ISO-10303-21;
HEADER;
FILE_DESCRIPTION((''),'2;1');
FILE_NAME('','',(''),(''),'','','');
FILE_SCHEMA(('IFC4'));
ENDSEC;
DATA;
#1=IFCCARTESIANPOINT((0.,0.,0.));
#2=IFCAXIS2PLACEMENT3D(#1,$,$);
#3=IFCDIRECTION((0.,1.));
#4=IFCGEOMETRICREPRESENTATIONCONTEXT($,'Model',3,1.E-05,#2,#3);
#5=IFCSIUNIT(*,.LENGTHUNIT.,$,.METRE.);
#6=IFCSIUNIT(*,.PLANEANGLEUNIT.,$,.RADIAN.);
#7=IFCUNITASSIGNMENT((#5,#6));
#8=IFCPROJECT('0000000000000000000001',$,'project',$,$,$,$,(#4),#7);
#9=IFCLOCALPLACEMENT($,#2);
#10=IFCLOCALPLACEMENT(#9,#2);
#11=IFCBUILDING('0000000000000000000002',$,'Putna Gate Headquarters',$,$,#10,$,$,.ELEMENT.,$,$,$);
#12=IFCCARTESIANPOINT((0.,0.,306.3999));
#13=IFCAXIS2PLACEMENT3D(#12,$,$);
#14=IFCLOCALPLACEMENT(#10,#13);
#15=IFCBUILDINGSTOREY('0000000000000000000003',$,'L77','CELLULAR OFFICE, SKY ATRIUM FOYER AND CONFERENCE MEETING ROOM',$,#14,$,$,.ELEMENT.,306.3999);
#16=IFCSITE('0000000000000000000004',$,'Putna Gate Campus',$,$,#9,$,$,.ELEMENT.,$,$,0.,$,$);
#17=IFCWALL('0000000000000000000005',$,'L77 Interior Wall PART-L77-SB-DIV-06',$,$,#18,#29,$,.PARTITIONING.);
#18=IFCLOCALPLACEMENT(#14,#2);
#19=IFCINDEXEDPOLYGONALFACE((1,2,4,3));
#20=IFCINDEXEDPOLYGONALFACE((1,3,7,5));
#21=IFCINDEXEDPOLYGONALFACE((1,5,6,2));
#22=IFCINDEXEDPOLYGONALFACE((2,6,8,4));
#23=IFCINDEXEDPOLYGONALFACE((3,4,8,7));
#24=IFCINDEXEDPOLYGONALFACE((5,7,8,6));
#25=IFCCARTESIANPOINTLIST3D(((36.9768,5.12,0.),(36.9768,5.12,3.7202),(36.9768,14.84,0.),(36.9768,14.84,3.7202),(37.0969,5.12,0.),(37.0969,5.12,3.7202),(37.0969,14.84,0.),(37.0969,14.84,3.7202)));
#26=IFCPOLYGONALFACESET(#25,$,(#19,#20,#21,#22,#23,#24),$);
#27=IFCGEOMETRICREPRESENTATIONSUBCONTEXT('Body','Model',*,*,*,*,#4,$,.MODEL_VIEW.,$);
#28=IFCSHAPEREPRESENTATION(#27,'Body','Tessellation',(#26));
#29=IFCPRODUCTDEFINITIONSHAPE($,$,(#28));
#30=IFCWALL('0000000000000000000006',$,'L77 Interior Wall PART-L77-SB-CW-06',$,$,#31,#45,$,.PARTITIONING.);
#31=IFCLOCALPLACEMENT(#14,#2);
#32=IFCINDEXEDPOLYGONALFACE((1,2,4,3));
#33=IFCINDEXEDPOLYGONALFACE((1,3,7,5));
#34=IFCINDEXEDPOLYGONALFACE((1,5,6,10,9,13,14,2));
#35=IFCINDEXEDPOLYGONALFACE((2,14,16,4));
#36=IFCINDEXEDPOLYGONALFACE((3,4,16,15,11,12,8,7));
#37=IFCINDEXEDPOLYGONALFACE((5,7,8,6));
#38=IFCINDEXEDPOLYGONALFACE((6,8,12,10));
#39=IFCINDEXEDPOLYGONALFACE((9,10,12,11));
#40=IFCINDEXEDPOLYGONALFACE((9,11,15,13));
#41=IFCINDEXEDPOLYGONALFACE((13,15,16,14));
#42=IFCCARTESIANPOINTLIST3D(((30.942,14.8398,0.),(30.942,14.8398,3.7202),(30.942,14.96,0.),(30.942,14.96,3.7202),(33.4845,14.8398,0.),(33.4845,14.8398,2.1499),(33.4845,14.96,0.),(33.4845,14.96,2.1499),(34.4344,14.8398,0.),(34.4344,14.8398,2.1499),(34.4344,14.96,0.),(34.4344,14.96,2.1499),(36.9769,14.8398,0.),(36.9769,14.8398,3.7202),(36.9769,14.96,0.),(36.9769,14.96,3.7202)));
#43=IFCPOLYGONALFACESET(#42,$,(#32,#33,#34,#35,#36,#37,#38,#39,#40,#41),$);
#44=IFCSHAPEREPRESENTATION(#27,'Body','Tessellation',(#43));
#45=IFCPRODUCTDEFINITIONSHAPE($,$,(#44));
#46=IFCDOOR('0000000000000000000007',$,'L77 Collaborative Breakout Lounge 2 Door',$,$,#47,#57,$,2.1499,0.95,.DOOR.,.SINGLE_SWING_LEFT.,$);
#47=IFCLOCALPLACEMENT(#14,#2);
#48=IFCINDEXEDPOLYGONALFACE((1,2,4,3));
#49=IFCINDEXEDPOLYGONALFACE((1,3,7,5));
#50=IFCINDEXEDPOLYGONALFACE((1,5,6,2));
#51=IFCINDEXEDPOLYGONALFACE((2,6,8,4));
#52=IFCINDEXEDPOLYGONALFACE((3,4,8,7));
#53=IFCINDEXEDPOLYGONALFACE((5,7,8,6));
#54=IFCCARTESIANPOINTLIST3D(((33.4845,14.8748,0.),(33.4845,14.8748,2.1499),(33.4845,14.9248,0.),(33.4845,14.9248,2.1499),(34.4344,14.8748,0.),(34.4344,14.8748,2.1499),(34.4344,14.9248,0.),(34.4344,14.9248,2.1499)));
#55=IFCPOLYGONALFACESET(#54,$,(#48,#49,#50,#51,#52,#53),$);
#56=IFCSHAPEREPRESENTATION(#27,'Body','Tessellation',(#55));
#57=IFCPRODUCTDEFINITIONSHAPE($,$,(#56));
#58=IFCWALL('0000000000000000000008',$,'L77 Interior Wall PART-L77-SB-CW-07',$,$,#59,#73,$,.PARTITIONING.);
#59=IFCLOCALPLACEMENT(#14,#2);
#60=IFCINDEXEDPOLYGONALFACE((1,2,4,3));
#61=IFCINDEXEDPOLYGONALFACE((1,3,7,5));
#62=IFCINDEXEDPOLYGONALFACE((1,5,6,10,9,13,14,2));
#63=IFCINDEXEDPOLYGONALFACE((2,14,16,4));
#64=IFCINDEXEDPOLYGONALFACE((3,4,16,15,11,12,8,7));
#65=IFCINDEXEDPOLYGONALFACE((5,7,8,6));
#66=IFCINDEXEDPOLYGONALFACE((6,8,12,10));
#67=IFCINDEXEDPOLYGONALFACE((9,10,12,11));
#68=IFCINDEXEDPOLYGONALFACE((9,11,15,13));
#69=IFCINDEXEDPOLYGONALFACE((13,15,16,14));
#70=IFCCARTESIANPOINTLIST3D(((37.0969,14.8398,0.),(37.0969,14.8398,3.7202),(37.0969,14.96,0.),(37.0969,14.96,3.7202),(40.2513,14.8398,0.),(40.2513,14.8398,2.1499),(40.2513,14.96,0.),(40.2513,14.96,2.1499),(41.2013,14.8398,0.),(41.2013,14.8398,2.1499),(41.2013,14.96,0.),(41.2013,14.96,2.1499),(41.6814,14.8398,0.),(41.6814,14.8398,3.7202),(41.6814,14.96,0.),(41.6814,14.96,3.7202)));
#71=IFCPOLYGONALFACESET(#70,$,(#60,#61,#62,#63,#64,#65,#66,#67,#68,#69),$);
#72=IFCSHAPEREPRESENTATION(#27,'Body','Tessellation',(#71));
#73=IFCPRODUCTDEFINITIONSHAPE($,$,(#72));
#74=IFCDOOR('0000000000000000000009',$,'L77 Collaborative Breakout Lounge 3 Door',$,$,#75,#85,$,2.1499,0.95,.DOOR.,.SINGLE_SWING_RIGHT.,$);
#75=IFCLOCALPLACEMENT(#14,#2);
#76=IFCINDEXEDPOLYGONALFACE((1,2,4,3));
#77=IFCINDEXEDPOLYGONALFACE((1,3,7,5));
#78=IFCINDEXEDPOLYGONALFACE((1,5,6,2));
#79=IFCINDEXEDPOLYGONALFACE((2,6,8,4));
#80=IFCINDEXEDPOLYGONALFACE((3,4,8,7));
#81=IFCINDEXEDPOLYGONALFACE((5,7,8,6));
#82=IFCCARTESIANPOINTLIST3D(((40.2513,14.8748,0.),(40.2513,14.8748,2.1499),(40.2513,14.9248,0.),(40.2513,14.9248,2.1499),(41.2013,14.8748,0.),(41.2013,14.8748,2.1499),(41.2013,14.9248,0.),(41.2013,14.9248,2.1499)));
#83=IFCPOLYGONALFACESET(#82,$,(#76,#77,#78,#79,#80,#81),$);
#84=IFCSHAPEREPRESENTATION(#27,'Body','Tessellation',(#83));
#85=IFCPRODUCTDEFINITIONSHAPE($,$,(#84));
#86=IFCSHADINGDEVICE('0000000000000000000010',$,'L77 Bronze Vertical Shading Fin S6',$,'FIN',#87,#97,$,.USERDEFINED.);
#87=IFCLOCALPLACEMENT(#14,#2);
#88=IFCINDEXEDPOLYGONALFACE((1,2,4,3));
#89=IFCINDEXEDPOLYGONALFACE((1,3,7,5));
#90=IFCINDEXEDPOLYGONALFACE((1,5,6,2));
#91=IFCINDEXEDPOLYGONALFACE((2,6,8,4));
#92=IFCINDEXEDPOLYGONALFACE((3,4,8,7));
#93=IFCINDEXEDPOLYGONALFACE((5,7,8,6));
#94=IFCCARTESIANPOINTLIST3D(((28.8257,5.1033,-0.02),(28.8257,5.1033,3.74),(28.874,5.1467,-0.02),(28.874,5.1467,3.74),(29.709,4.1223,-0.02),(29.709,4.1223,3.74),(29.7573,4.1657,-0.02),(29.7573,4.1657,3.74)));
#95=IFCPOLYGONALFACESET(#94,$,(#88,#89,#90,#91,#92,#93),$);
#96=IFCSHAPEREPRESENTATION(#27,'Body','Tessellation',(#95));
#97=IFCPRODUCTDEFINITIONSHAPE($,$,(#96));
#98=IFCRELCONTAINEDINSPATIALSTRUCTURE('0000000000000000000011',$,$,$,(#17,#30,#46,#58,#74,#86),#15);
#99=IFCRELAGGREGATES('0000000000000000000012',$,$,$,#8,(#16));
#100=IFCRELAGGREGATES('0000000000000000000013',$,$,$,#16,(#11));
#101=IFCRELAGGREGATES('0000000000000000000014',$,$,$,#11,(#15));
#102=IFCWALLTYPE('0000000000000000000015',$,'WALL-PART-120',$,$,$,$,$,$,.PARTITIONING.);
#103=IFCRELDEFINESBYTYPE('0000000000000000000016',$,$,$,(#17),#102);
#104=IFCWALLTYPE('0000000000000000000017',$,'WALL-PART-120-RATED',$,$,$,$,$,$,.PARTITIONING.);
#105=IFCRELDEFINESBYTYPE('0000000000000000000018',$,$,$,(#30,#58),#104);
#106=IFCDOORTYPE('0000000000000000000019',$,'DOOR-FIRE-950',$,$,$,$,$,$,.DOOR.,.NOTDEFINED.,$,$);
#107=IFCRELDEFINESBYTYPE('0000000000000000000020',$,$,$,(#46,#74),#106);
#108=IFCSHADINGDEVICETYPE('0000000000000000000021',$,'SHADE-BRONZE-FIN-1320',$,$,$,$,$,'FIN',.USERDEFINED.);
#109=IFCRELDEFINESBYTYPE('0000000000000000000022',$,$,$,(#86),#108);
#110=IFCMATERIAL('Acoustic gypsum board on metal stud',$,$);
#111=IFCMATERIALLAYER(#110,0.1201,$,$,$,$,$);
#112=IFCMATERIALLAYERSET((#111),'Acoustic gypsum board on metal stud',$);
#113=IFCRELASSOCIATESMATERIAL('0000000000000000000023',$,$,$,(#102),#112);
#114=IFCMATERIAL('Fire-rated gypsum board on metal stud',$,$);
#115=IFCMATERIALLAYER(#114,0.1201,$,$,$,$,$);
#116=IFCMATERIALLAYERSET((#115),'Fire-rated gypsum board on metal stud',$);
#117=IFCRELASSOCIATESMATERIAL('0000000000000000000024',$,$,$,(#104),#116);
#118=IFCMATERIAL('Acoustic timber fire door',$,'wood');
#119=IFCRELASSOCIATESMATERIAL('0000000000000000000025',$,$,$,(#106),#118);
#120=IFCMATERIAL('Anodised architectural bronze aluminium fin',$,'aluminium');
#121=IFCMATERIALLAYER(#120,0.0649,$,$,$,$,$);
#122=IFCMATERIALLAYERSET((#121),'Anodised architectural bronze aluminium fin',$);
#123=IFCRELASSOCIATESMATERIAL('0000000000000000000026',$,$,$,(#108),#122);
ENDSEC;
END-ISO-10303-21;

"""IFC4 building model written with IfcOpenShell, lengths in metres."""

from ifc_helpers import new_model, si_unit, direction, frame, frame_2d, origin, origin_2d, place, context, subcontext, project, spatial, rectangle, extrude, material, layer, layer_set, type_object, element, fill, save


model = new_model("IFC4")

# Units and contexts
model_context = context("Model", 3, precision=1e-05, world=origin(), true_north=direction((0.0, 1.0)))
body_context = subcontext(model_context, "Body", "Model", "MODEL_VIEW")
ifc_project = project(units=[si_unit("LENGTHUNIT", "METRE"), si_unit("PLANEANGLEUNIT", "RADIAN")], contexts=[model_context])

# Site, building, storey
site_placement = place(None, origin())
site = spatial("IfcSite", under=ifc_project, at=site_placement, Name="Putna Gate Campus", CompositionType="ELEMENT", RefElevation=0.0)
building_placement = place(site_placement, origin())
building = spatial("IfcBuilding", under=site, at=building_placement, Name="Putna Gate Headquarters", CompositionType="ELEMENT")
storey_placement = place(building_placement, frame((0.0, 0.0, 306.3999)))
storey = spatial("IfcBuildingStorey", under=building, at=storey_placement, Name="L77", Description="CELLULAR OFFICE, SKY ATRIUM FOYER AND CONFERENCE MEETING ROOM", CompositionType="ELEMENT", Elevation=306.3999)

# Wall
ifc_material_1 = material(Name="Acoustic gypsum board on metal stud")
ifc_layer_1 = layer(ifc_material_1, 0.1201)
ifc_layer_set_1 = layer_set([ifc_layer_1], Name="Acoustic gypsum board on metal stud")
wall_type_1 = type_object("IfcWallType", Name="WALL-PART-120", PredefinedType="PARTITIONING", material=ifc_layer_set_1)
for number, where, z_axis, x_axis, name in (
    (1, (37.0369, 5.1201, 0.0), (0.0, 0.0, 1.0), (0.0, 1.0, 0.0), "L77 Interior Wall PART-L77-SB-DIV-06"),
):
    element("IfcWall", number, at=place(storey_placement, frame(where, z_axis=z_axis, x_axis=x_axis)), inside=storey, type_object=wall_type_1, Name=name, PredefinedType="PARTITIONING", context=body_context, shape_type="SweptSolid", body=[
        extrude(rectangle(XDim=9.72, YDim=0.1201, at=frame_2d((4.8599, 0.0))), origin(), (0.0, 0.0, 1.0), 3.7202),
    ])

# Walls, openings, doors
ifc_material_2 = material(Name="Fire-rated gypsum board on metal stud")
ifc_layer_2 = layer(ifc_material_2, 0.1201)
ifc_layer_set_2 = layer_set([ifc_layer_2], Name="Fire-rated gypsum board on metal stud")
wall_type_2 = type_object("IfcWallType", Name="WALL-PART-120-RATED", PredefinedType="PARTITIONING", material=ifc_layer_set_2)
wall_1_placement = place(storey_placement, frame((30.9419, 14.8999, 0.0), z_axis=(0.0, 0.0, 1.0), x_axis=(1.0, 0.0, 0.0)))
wall_1 = element("IfcWall", 2, at=wall_1_placement, inside=storey, type_object=wall_type_2, Name="L77 Interior Wall PART-L77-SB-CW-06", PredefinedType="PARTITIONING", context=body_context, shape_type="SweptSolid", body=[
    extrude(rectangle(XDim=6.0349, YDim=0.1201, at=frame_2d((3.0176, 0.0))), origin(), (0.0, 0.0, 1.0), 3.7202),
])
opening_1_placement = place(wall_1_placement, frame((2.5425, 0.0, 0.0)))
opening_1 = element("IfcOpeningElement", 3, at=opening_1_placement, cuts=wall_1, PredefinedType="OPENING", context=body_context, shape_type="SweptSolid", body=[
    extrude(rectangle(XDim=0.95, YDim=2.1499, at=frame_2d((0.4751, 1.075))), frame((0.0, 0.0701, 0.0), z_axis=(0.0, -1.0, 0.0), x_axis=(1.0, 0.0, 0.0)), (0.0, 0.0, 1.0), 0.1401),
])
ifc_material_3 = material(Name="Acoustic timber fire door", Category="wood")
door_type = type_object("IfcDoorType", Name="DOOR-FIRE-950", OperationType="NOTDEFINED", PredefinedType="DOOR", material=ifc_material_3)
door_1_placement = place(opening_1_placement, origin())
door_1 = element("IfcDoor", 4, at=door_1_placement, inside=storey, type_object=door_type, Name="L77 Collaborative Breakout Lounge 2 Door", OperationType="SINGLE_SWING_LEFT", OverallHeight=2.1499, OverallWidth=0.95, PredefinedType="DOOR", context=body_context, shape_type="SweptSolid", body=[
    extrude(rectangle(XDim=0.95, YDim=2.1499, at=frame_2d((0.4751, 1.075))), frame((0.0, 0.0249, 0.0), z_axis=(0.0, -1.0, 0.0), x_axis=(1.0, 0.0, 0.0)), (0.0, 0.0, 1.0), 0.05),
])
fill(opening_1, door_1)
wall_2_placement = place(storey_placement, frame((37.0969, 14.8999, 0.0), z_axis=(0.0, 0.0, 1.0), x_axis=(1.0, 0.0, 0.0)))
wall_2 = element("IfcWall", 5, at=wall_2_placement, inside=storey, type_object=wall_type_2, Name="L77 Interior Wall PART-L77-SB-CW-07", PredefinedType="PARTITIONING", context=body_context, shape_type="SweptSolid", body=[
    extrude(rectangle(XDim=4.5845, YDim=0.1201, at=frame_2d((2.2922, 0.0))), origin(), (0.0, 0.0, 1.0), 3.7202),
])
opening_2_placement = place(wall_2_placement, frame((3.1543, 0.0, 0.0)))
opening_2 = element("IfcOpeningElement", 6, at=opening_2_placement, cuts=wall_2, PredefinedType="OPENING", context=body_context, shape_type="SweptSolid", body=[
    extrude(rectangle(XDim=0.95, YDim=2.1499, at=frame_2d((0.4751, 1.075))), frame((0.0, 0.0701, 0.0), z_axis=(0.0, -1.0, 0.0), x_axis=(1.0, 0.0, 0.0)), (0.0, 0.0, 1.0), 0.1401),
])
door_2_placement = place(opening_2_placement, origin())
door_2 = element("IfcDoor", 7, at=door_2_placement, inside=storey, type_object=door_type, Name="L77 Collaborative Breakout Lounge 3 Door", OperationType="SINGLE_SWING_RIGHT", OverallHeight=2.1499, OverallWidth=0.95, PredefinedType="DOOR", context=body_context, shape_type="SweptSolid", body=[
    extrude(rectangle(XDim=0.95, YDim=2.1499, at=frame_2d((0.4751, 1.075))), frame((0.0, 0.0249, 0.0), z_axis=(0.0, -1.0, 0.0), x_axis=(1.0, 0.0, 0.0)), (0.0, 0.0, 1.0), 0.05),
])
fill(opening_2, door_2)

# Shading device
ifc_material_4 = material(Name="Anodised architectural bronze aluminium fin", Category="aluminium")
ifc_layer_3 = layer(ifc_material_4, 0.0649)
ifc_layer_set_3 = layer_set([ifc_layer_3], Name="Anodised architectural bronze aluminium fin")
shading_device_type = type_object("IfcShadingDeviceType", Name="SHADE-BRONZE-FIN-1320", ElementType="FIN", PredefinedType="USERDEFINED", material=ifc_layer_set_3)
shading_device_placement = place(storey_placement, frame((29.2915, 4.6345, -0.02), z_axis=(0.0, 0.0, 1.0), x_axis=(0.669131, -0.743145, 0.0)))
element("IfcShadingDevice", 8, at=shading_device_placement, inside=storey, type_object=shading_device_type, Name="L77 Bronze Vertical Shading Fin S6", ObjectType="FIN", PredefinedType="USERDEFINED", context=body_context, shape_type="SweptSolid", body=[
    extrude(rectangle(XDim=1.3201, YDim=0.0649, at=origin_2d()), origin(), (0.0, 0.0, 1.0), 3.76),
])

save(model, "model.ifc")
